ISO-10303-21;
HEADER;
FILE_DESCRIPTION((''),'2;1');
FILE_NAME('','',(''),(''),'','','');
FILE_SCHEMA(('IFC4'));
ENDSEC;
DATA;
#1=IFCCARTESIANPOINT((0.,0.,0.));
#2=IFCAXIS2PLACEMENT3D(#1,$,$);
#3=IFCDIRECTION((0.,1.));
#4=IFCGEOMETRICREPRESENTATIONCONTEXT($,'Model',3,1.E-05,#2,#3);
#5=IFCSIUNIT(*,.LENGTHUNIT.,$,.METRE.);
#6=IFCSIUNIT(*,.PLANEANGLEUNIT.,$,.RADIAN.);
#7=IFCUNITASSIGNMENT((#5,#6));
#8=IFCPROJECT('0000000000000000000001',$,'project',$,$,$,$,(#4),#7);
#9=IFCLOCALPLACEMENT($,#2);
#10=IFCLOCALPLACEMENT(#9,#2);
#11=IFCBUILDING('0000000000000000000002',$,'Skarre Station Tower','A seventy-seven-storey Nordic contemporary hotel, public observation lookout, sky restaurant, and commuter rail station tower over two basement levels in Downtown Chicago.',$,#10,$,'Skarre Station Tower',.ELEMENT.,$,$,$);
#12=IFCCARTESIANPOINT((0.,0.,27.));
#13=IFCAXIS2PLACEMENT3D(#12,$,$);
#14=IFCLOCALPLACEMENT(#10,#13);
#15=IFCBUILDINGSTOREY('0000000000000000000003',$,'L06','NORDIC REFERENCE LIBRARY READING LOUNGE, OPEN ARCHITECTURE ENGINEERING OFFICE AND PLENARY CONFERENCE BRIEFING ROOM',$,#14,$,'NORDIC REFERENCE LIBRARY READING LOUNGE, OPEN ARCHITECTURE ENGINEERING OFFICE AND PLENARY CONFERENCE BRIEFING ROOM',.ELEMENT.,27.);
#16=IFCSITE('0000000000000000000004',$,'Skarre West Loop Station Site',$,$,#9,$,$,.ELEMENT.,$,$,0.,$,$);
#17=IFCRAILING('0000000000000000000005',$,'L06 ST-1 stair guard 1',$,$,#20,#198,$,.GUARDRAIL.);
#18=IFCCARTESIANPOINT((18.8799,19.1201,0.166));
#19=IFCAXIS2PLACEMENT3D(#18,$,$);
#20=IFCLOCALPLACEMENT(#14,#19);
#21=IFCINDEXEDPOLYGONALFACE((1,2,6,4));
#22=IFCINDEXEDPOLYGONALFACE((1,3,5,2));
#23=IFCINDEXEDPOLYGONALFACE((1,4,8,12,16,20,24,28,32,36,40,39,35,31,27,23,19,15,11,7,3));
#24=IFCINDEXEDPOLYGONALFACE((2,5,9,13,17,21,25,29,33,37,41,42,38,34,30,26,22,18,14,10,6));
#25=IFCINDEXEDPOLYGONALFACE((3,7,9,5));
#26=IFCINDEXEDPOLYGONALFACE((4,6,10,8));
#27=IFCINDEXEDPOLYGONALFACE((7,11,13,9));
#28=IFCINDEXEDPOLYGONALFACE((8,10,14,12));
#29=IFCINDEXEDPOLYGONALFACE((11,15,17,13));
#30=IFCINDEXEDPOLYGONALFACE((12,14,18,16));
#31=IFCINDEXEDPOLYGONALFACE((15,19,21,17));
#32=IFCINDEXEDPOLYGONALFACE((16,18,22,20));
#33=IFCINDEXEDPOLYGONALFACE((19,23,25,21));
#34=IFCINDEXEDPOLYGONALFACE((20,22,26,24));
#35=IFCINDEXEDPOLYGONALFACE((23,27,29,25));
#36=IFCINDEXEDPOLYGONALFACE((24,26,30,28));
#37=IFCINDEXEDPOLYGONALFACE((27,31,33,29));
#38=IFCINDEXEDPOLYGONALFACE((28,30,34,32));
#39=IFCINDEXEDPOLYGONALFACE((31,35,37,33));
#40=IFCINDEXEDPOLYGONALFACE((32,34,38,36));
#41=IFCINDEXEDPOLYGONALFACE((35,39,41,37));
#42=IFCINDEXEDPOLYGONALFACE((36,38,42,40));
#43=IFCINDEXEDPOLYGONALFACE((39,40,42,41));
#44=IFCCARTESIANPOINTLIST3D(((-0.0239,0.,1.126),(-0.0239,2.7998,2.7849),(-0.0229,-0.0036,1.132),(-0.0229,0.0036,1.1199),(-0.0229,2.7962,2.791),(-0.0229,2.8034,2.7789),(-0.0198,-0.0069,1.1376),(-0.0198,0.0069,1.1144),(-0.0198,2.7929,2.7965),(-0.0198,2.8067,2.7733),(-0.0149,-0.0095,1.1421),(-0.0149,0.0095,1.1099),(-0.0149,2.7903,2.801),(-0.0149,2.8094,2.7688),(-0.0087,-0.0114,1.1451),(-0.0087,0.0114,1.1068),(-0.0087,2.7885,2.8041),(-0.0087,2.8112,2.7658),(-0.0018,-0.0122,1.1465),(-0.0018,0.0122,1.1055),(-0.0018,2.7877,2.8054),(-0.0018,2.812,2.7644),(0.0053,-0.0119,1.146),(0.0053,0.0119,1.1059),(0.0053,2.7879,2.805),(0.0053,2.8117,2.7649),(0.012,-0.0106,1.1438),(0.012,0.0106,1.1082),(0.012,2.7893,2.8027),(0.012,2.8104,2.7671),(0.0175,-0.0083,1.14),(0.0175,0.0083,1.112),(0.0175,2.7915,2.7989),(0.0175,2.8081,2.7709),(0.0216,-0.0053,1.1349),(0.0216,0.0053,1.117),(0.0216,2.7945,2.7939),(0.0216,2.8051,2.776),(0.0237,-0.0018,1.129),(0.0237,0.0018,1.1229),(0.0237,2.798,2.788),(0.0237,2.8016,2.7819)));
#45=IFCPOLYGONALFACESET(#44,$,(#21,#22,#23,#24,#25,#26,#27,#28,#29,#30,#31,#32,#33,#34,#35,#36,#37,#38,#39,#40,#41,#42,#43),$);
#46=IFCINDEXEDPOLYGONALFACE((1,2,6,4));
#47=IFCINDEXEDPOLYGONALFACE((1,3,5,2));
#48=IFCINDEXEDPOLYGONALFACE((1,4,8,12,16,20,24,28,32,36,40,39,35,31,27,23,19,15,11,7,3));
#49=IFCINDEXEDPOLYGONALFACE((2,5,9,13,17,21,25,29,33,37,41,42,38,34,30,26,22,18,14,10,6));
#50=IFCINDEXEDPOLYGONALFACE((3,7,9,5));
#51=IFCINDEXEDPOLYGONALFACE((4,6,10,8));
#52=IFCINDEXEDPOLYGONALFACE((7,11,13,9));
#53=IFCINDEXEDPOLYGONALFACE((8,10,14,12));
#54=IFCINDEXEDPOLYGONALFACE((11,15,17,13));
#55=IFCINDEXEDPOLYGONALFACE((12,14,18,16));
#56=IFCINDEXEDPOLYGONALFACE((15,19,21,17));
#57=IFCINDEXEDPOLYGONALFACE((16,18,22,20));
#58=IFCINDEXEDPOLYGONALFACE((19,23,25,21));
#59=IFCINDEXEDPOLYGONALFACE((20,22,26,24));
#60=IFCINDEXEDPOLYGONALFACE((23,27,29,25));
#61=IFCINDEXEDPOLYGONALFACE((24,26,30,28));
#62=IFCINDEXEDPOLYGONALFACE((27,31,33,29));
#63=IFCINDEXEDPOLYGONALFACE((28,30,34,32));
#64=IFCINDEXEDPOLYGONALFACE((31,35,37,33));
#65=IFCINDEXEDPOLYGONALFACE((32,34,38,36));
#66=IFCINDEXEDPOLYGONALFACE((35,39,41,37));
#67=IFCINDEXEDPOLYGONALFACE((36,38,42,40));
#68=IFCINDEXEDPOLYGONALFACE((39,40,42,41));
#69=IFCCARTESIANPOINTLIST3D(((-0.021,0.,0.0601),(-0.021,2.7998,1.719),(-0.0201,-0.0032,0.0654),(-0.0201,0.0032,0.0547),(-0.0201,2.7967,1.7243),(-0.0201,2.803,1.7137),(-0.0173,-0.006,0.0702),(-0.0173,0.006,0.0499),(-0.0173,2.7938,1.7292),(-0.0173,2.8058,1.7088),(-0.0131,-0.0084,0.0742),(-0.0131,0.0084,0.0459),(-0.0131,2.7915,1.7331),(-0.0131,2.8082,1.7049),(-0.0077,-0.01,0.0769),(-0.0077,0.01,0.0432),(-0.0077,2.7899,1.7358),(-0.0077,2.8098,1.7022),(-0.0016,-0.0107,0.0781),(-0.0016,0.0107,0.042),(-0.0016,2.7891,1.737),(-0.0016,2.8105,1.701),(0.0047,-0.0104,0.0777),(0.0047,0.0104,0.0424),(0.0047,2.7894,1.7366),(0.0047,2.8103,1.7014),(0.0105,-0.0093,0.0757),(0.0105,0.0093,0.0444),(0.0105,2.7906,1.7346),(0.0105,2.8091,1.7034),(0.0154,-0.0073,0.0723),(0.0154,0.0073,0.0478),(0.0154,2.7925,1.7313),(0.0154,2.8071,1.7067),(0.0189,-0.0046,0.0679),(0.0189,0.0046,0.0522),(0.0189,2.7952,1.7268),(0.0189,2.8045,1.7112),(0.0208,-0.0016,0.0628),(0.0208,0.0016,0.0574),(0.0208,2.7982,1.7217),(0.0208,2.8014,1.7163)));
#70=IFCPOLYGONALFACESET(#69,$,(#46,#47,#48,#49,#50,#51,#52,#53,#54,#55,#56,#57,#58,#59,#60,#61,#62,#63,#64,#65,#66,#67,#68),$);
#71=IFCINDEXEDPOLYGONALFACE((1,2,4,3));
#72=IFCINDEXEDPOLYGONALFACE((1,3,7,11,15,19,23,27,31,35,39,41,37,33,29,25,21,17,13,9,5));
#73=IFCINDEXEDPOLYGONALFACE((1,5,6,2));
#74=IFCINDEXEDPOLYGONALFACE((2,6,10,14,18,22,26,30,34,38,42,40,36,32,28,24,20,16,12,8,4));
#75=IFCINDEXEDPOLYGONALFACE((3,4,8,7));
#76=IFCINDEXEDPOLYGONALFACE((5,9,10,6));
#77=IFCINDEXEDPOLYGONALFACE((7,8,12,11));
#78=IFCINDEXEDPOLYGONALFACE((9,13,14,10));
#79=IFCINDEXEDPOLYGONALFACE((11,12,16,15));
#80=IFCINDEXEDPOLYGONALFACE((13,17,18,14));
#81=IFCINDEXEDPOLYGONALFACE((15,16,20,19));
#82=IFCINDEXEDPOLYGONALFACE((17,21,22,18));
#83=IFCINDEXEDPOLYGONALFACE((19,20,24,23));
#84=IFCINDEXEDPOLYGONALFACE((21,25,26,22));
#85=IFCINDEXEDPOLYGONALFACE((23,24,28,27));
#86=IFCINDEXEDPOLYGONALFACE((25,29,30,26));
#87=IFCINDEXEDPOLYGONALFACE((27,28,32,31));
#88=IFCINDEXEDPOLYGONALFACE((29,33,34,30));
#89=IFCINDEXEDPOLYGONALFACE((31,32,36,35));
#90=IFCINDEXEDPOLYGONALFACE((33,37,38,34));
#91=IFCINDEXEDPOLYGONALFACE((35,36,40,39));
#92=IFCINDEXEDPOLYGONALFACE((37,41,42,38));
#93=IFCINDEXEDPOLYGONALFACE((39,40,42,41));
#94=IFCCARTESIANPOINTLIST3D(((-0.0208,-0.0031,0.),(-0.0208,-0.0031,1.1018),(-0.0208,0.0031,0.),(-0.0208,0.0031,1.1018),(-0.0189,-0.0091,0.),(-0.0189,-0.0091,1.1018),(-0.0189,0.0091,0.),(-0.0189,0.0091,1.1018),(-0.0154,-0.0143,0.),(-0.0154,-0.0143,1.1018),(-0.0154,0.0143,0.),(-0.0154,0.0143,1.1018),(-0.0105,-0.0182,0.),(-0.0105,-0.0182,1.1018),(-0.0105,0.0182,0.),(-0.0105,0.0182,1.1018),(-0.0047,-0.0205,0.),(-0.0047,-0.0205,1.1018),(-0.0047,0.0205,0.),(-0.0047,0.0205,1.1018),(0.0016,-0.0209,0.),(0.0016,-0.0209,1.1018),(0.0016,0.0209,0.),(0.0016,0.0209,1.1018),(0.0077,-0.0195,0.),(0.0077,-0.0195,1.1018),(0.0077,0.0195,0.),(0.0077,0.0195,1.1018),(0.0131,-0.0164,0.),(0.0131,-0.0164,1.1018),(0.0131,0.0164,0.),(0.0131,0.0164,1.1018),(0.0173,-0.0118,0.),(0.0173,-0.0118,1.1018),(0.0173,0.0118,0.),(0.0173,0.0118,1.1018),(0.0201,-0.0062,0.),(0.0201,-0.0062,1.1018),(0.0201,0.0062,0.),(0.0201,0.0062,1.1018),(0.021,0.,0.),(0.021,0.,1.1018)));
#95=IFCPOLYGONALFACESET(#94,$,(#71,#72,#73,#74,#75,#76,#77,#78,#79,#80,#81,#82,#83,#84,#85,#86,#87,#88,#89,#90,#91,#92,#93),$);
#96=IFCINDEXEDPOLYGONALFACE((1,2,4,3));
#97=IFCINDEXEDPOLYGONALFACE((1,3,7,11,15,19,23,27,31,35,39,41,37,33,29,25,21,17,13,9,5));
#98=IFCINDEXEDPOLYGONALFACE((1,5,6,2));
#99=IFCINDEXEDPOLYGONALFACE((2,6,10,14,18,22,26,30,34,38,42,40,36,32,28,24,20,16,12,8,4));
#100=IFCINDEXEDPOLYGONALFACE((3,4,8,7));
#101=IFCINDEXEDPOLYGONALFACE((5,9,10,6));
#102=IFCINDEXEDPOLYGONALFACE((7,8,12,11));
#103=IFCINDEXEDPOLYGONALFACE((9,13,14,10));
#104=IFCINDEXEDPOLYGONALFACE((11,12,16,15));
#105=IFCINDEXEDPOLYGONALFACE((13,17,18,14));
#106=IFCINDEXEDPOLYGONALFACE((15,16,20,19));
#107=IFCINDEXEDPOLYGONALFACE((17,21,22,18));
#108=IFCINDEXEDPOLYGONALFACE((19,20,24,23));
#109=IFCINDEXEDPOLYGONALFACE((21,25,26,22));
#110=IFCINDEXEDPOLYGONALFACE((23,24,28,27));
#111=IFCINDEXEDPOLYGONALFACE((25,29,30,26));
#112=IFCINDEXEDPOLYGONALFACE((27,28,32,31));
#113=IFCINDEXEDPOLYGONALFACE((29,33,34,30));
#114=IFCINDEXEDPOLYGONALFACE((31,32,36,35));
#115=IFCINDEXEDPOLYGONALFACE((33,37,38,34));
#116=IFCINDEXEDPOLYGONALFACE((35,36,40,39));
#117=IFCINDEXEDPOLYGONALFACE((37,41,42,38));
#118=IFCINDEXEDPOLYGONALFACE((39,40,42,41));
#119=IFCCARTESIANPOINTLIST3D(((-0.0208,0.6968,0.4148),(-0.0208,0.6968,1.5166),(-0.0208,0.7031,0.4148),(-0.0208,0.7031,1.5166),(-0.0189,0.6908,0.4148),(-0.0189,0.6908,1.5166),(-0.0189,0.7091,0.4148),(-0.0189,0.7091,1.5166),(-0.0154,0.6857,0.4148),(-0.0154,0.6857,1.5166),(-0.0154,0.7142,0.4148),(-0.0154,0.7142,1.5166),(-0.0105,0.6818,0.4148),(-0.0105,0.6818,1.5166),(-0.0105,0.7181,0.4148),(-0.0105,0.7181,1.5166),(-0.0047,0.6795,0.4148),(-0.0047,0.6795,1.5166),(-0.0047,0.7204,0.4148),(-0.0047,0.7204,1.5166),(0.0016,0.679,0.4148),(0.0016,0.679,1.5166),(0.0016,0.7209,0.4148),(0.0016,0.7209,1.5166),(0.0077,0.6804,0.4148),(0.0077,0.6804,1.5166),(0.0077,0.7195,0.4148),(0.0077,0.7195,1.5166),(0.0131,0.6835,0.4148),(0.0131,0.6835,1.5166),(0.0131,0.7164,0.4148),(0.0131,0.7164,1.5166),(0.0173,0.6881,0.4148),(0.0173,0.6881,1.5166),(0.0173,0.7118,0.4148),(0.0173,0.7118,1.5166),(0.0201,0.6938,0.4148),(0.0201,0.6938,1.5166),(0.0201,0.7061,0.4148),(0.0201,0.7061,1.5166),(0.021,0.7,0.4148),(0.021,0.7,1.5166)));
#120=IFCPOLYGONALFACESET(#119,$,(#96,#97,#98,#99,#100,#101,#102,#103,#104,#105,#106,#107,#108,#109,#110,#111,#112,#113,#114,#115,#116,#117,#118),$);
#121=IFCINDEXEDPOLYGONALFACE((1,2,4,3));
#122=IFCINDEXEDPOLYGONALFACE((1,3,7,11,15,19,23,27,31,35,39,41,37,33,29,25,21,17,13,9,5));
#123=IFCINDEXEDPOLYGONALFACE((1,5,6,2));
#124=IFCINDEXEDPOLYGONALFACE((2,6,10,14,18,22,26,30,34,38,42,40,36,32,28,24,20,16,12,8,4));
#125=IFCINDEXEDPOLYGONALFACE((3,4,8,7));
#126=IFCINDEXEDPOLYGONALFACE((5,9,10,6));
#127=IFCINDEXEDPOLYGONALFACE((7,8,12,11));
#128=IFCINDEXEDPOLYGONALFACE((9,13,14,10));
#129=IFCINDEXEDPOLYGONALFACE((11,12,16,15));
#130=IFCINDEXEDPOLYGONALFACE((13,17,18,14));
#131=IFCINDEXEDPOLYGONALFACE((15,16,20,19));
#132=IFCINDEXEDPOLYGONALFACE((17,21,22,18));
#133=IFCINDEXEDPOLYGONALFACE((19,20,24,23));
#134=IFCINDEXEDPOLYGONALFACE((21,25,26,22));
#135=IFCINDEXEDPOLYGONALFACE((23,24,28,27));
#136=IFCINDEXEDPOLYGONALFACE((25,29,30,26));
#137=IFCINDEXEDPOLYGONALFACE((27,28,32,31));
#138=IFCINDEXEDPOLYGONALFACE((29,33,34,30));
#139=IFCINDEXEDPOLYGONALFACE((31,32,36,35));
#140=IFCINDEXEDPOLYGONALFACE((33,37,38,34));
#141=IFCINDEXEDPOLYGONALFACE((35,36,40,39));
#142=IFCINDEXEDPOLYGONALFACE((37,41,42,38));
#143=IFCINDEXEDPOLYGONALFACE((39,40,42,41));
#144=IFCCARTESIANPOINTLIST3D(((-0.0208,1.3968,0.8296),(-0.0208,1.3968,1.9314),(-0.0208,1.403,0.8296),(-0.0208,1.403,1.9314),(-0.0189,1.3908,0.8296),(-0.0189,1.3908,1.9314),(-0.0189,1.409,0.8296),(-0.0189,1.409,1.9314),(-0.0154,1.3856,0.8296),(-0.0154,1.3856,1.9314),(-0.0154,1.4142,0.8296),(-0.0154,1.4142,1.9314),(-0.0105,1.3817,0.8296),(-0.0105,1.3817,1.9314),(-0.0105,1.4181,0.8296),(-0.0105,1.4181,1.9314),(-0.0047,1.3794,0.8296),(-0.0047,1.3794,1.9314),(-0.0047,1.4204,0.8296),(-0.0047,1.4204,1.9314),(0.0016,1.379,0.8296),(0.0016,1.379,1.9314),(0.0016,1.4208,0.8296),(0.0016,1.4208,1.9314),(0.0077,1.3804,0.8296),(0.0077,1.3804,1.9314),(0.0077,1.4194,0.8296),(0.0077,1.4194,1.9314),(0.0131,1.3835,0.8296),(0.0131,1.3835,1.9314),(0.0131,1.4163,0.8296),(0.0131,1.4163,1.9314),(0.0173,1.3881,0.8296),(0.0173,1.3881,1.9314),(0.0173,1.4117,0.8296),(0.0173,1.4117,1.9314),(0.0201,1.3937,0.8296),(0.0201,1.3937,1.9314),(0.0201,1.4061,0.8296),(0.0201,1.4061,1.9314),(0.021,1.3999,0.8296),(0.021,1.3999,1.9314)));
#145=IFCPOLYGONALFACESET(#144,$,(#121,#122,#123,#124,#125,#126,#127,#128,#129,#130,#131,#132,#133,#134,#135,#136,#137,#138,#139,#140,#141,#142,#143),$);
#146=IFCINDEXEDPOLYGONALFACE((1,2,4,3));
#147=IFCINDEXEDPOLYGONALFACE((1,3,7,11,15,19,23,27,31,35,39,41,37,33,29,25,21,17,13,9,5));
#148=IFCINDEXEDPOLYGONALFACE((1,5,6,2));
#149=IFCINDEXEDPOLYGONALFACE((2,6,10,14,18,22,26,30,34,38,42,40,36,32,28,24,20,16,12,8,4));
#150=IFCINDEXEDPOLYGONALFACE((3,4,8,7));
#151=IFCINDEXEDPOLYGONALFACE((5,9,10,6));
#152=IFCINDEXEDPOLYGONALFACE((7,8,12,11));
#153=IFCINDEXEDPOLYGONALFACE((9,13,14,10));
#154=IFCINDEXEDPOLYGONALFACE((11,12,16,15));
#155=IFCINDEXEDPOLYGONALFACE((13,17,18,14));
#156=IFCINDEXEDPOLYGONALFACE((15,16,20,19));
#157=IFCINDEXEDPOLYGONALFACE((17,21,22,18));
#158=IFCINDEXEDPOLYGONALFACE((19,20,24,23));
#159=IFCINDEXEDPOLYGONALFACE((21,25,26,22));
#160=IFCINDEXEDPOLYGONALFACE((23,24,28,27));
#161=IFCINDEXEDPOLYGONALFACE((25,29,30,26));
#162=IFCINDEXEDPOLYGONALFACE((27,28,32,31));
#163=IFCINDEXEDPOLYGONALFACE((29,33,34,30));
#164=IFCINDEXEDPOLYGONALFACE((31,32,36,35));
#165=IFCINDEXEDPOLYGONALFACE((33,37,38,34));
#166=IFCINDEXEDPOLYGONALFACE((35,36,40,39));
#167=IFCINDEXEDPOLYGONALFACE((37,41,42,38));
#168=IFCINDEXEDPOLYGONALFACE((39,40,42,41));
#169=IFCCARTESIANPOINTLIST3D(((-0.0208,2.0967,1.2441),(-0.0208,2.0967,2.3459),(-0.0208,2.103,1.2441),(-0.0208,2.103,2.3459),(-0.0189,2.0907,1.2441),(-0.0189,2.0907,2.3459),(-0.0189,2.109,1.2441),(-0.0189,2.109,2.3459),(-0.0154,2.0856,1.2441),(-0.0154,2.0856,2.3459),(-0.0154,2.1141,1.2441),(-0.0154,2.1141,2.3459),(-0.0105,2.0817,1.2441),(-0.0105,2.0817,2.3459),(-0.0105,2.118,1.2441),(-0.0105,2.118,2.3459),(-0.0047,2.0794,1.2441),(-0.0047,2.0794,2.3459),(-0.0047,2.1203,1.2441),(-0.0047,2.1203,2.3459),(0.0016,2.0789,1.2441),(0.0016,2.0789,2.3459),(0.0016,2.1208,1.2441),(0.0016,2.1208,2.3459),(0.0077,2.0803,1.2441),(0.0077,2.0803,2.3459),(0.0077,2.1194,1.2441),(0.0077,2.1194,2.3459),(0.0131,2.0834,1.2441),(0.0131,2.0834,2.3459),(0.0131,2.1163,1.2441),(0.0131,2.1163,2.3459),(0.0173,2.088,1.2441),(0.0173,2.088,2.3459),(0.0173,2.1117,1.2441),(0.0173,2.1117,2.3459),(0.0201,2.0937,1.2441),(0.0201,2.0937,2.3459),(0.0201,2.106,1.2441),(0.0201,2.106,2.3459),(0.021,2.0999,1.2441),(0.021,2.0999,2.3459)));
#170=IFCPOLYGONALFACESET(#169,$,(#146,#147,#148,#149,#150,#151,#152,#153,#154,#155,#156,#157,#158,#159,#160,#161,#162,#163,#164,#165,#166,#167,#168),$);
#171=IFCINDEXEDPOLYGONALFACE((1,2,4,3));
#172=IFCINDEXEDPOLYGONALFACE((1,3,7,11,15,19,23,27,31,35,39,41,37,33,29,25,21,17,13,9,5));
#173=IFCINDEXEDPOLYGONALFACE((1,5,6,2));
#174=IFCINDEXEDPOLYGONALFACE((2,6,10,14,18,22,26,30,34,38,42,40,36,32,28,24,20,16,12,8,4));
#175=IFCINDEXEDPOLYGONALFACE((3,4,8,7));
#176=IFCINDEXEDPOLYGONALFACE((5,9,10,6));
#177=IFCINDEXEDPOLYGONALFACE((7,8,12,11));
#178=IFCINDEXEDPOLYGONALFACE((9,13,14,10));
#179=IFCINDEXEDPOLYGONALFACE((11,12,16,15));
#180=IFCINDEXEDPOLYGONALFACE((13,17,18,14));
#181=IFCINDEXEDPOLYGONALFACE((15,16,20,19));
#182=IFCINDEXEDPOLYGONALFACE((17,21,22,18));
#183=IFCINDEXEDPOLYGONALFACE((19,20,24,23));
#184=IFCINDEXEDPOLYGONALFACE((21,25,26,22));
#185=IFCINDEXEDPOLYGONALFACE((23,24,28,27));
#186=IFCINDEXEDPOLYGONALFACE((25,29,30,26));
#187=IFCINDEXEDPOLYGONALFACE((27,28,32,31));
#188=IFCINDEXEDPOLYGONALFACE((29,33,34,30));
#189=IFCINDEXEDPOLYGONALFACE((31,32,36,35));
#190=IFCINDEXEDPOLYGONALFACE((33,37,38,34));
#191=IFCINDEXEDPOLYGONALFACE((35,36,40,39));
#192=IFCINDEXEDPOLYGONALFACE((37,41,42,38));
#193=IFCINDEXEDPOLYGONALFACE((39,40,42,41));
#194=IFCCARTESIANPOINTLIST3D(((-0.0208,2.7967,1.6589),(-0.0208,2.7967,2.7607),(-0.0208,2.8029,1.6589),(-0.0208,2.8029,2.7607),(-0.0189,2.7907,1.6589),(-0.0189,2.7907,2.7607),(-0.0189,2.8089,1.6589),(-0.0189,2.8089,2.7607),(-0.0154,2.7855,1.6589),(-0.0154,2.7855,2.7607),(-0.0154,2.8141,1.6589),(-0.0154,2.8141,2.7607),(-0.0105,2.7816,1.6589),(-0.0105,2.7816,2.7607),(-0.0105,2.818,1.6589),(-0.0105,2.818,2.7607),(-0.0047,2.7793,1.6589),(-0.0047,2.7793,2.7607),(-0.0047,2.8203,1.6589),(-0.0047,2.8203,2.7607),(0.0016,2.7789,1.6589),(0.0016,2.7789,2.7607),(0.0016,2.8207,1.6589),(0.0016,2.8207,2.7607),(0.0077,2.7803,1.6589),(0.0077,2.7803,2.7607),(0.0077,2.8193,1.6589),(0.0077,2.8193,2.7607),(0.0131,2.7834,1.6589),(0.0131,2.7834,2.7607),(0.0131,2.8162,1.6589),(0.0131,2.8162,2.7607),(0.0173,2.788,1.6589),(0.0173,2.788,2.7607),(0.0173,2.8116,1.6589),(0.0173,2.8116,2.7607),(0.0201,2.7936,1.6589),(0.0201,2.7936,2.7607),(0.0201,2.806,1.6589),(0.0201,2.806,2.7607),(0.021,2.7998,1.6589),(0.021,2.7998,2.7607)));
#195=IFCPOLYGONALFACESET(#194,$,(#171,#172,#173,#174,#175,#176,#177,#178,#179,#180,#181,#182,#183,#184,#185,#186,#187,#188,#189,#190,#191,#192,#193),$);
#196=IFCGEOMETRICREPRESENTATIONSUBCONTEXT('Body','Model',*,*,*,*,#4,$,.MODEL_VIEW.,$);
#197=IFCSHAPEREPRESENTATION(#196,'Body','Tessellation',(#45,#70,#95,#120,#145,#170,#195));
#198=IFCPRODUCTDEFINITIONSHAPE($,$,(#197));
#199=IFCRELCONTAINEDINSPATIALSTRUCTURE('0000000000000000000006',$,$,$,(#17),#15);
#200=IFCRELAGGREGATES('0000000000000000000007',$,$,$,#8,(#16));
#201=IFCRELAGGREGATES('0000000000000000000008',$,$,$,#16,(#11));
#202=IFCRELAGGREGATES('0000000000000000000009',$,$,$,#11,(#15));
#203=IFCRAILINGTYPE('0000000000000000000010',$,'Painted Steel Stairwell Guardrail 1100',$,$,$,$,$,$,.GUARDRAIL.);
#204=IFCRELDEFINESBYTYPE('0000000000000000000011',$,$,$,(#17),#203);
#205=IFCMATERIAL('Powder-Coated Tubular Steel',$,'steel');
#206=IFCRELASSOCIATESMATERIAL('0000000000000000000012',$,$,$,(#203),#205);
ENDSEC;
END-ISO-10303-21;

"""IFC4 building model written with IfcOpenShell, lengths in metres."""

from ifc_helpers import new_model, si_unit, direction, frame, origin, origin_2d, place, context, subcontext, project, spatial, circle, extrude, material, type_object, element, save


model = new_model("IFC4")

# Units and contexts
model_context = context("Model", 3, precision=1e-05, world=origin(), true_north=direction((0.0, 1.0)))
body_context = subcontext(model_context, "Body", "Model", "MODEL_VIEW")
ifc_project = project(units=[si_unit("LENGTHUNIT", "METRE"), si_unit("PLANEANGLEUNIT", "RADIAN")], contexts=[model_context])

# Site, building, storey
site_placement = place(None, origin())
site = spatial("IfcSite", under=ifc_project, at=site_placement, Name="Skarre West Loop Station Site", CompositionType="ELEMENT", RefElevation=0.0)
building_placement = place(site_placement, origin())
building = spatial("IfcBuilding", under=site, at=building_placement, Name="Skarre Station Tower", Description="A seventy-seven-storey Nordic contemporary hotel, public observation lookout, sky restaurant, and commuter rail station tower over two basement levels in Downtown Chicago.", LongName="Skarre Station Tower", CompositionType="ELEMENT")
storey_placement = place(building_placement, frame((0.0, 0.0, 27.0)))
storey = spatial("IfcBuildingStorey", under=building, at=storey_placement, Name="L06", Description="NORDIC REFERENCE LIBRARY READING LOUNGE, OPEN ARCHITECTURE ENGINEERING OFFICE AND PLENARY CONFERENCE BRIEFING ROOM", LongName="NORDIC REFERENCE LIBRARY READING LOUNGE, OPEN ARCHITECTURE ENGINEERING OFFICE AND PLENARY CONFERENCE BRIEFING ROOM", CompositionType="ELEMENT", Elevation=27.0)

# Railing
ifc_material_1 = material(Name="Powder-Coated Tubular Steel", Category="steel")
railing_type = type_object("IfcRailingType", Name="Painted Steel Stairwell Guardrail 1100", PredefinedType="GUARDRAIL", material=ifc_material_1)
railing_1_placement = place(storey_placement, frame((18.8799, 19.1201, 0.166)))
element("IfcRailing", 1, at=railing_1_placement, inside=storey, type_object=railing_type, Name="L06 ST-1 stair guard 1", PredefinedType="GUARDRAIL", context=body_context, shape_type="SweptSolid", body=[
    extrude(circle(Radius=0.0239, at=origin_2d()), frame((0.0, 0.0, 1.126), z_axis=(0.0, 0.86032, 0.509755), x_axis=(-1.0, 0.0, 0.0)), (0.0, 0.0, 1.0), 3.2544),
    extrude(circle(Radius=0.021, at=origin_2d()), frame((0.0, 0.0, 0.0601), z_axis=(0.0, 0.86032, 0.509755), x_axis=(-1.0, 0.0, 0.0)), (0.0, 0.0, 1.0), 3.2544),
    extrude(circle(Radius=0.021, at=origin_2d()), origin(), (0.0, 0.0, 1.0), 1.1018),
    extrude(circle(Radius=0.021, at=origin_2d()), frame((0.0, 0.7, 0.4148)), (0.0, 0.0, 1.0), 1.1018),
    extrude(circle(Radius=0.021, at=origin_2d()), frame((0.0, 1.3999, 0.8296)), (0.0, 0.0, 1.0), 1.1018),
    extrude(circle(Radius=0.021, at=origin_2d()), frame((0.0, 2.0999, 1.2441)), (0.0, 0.0, 1.0), 1.1018),
    extrude(circle(Radius=0.021, at=origin_2d()), frame((0.0, 2.7998, 1.6589)), (0.0, 0.0, 1.0), 1.1018),
])

save(model, "model.ifc")
